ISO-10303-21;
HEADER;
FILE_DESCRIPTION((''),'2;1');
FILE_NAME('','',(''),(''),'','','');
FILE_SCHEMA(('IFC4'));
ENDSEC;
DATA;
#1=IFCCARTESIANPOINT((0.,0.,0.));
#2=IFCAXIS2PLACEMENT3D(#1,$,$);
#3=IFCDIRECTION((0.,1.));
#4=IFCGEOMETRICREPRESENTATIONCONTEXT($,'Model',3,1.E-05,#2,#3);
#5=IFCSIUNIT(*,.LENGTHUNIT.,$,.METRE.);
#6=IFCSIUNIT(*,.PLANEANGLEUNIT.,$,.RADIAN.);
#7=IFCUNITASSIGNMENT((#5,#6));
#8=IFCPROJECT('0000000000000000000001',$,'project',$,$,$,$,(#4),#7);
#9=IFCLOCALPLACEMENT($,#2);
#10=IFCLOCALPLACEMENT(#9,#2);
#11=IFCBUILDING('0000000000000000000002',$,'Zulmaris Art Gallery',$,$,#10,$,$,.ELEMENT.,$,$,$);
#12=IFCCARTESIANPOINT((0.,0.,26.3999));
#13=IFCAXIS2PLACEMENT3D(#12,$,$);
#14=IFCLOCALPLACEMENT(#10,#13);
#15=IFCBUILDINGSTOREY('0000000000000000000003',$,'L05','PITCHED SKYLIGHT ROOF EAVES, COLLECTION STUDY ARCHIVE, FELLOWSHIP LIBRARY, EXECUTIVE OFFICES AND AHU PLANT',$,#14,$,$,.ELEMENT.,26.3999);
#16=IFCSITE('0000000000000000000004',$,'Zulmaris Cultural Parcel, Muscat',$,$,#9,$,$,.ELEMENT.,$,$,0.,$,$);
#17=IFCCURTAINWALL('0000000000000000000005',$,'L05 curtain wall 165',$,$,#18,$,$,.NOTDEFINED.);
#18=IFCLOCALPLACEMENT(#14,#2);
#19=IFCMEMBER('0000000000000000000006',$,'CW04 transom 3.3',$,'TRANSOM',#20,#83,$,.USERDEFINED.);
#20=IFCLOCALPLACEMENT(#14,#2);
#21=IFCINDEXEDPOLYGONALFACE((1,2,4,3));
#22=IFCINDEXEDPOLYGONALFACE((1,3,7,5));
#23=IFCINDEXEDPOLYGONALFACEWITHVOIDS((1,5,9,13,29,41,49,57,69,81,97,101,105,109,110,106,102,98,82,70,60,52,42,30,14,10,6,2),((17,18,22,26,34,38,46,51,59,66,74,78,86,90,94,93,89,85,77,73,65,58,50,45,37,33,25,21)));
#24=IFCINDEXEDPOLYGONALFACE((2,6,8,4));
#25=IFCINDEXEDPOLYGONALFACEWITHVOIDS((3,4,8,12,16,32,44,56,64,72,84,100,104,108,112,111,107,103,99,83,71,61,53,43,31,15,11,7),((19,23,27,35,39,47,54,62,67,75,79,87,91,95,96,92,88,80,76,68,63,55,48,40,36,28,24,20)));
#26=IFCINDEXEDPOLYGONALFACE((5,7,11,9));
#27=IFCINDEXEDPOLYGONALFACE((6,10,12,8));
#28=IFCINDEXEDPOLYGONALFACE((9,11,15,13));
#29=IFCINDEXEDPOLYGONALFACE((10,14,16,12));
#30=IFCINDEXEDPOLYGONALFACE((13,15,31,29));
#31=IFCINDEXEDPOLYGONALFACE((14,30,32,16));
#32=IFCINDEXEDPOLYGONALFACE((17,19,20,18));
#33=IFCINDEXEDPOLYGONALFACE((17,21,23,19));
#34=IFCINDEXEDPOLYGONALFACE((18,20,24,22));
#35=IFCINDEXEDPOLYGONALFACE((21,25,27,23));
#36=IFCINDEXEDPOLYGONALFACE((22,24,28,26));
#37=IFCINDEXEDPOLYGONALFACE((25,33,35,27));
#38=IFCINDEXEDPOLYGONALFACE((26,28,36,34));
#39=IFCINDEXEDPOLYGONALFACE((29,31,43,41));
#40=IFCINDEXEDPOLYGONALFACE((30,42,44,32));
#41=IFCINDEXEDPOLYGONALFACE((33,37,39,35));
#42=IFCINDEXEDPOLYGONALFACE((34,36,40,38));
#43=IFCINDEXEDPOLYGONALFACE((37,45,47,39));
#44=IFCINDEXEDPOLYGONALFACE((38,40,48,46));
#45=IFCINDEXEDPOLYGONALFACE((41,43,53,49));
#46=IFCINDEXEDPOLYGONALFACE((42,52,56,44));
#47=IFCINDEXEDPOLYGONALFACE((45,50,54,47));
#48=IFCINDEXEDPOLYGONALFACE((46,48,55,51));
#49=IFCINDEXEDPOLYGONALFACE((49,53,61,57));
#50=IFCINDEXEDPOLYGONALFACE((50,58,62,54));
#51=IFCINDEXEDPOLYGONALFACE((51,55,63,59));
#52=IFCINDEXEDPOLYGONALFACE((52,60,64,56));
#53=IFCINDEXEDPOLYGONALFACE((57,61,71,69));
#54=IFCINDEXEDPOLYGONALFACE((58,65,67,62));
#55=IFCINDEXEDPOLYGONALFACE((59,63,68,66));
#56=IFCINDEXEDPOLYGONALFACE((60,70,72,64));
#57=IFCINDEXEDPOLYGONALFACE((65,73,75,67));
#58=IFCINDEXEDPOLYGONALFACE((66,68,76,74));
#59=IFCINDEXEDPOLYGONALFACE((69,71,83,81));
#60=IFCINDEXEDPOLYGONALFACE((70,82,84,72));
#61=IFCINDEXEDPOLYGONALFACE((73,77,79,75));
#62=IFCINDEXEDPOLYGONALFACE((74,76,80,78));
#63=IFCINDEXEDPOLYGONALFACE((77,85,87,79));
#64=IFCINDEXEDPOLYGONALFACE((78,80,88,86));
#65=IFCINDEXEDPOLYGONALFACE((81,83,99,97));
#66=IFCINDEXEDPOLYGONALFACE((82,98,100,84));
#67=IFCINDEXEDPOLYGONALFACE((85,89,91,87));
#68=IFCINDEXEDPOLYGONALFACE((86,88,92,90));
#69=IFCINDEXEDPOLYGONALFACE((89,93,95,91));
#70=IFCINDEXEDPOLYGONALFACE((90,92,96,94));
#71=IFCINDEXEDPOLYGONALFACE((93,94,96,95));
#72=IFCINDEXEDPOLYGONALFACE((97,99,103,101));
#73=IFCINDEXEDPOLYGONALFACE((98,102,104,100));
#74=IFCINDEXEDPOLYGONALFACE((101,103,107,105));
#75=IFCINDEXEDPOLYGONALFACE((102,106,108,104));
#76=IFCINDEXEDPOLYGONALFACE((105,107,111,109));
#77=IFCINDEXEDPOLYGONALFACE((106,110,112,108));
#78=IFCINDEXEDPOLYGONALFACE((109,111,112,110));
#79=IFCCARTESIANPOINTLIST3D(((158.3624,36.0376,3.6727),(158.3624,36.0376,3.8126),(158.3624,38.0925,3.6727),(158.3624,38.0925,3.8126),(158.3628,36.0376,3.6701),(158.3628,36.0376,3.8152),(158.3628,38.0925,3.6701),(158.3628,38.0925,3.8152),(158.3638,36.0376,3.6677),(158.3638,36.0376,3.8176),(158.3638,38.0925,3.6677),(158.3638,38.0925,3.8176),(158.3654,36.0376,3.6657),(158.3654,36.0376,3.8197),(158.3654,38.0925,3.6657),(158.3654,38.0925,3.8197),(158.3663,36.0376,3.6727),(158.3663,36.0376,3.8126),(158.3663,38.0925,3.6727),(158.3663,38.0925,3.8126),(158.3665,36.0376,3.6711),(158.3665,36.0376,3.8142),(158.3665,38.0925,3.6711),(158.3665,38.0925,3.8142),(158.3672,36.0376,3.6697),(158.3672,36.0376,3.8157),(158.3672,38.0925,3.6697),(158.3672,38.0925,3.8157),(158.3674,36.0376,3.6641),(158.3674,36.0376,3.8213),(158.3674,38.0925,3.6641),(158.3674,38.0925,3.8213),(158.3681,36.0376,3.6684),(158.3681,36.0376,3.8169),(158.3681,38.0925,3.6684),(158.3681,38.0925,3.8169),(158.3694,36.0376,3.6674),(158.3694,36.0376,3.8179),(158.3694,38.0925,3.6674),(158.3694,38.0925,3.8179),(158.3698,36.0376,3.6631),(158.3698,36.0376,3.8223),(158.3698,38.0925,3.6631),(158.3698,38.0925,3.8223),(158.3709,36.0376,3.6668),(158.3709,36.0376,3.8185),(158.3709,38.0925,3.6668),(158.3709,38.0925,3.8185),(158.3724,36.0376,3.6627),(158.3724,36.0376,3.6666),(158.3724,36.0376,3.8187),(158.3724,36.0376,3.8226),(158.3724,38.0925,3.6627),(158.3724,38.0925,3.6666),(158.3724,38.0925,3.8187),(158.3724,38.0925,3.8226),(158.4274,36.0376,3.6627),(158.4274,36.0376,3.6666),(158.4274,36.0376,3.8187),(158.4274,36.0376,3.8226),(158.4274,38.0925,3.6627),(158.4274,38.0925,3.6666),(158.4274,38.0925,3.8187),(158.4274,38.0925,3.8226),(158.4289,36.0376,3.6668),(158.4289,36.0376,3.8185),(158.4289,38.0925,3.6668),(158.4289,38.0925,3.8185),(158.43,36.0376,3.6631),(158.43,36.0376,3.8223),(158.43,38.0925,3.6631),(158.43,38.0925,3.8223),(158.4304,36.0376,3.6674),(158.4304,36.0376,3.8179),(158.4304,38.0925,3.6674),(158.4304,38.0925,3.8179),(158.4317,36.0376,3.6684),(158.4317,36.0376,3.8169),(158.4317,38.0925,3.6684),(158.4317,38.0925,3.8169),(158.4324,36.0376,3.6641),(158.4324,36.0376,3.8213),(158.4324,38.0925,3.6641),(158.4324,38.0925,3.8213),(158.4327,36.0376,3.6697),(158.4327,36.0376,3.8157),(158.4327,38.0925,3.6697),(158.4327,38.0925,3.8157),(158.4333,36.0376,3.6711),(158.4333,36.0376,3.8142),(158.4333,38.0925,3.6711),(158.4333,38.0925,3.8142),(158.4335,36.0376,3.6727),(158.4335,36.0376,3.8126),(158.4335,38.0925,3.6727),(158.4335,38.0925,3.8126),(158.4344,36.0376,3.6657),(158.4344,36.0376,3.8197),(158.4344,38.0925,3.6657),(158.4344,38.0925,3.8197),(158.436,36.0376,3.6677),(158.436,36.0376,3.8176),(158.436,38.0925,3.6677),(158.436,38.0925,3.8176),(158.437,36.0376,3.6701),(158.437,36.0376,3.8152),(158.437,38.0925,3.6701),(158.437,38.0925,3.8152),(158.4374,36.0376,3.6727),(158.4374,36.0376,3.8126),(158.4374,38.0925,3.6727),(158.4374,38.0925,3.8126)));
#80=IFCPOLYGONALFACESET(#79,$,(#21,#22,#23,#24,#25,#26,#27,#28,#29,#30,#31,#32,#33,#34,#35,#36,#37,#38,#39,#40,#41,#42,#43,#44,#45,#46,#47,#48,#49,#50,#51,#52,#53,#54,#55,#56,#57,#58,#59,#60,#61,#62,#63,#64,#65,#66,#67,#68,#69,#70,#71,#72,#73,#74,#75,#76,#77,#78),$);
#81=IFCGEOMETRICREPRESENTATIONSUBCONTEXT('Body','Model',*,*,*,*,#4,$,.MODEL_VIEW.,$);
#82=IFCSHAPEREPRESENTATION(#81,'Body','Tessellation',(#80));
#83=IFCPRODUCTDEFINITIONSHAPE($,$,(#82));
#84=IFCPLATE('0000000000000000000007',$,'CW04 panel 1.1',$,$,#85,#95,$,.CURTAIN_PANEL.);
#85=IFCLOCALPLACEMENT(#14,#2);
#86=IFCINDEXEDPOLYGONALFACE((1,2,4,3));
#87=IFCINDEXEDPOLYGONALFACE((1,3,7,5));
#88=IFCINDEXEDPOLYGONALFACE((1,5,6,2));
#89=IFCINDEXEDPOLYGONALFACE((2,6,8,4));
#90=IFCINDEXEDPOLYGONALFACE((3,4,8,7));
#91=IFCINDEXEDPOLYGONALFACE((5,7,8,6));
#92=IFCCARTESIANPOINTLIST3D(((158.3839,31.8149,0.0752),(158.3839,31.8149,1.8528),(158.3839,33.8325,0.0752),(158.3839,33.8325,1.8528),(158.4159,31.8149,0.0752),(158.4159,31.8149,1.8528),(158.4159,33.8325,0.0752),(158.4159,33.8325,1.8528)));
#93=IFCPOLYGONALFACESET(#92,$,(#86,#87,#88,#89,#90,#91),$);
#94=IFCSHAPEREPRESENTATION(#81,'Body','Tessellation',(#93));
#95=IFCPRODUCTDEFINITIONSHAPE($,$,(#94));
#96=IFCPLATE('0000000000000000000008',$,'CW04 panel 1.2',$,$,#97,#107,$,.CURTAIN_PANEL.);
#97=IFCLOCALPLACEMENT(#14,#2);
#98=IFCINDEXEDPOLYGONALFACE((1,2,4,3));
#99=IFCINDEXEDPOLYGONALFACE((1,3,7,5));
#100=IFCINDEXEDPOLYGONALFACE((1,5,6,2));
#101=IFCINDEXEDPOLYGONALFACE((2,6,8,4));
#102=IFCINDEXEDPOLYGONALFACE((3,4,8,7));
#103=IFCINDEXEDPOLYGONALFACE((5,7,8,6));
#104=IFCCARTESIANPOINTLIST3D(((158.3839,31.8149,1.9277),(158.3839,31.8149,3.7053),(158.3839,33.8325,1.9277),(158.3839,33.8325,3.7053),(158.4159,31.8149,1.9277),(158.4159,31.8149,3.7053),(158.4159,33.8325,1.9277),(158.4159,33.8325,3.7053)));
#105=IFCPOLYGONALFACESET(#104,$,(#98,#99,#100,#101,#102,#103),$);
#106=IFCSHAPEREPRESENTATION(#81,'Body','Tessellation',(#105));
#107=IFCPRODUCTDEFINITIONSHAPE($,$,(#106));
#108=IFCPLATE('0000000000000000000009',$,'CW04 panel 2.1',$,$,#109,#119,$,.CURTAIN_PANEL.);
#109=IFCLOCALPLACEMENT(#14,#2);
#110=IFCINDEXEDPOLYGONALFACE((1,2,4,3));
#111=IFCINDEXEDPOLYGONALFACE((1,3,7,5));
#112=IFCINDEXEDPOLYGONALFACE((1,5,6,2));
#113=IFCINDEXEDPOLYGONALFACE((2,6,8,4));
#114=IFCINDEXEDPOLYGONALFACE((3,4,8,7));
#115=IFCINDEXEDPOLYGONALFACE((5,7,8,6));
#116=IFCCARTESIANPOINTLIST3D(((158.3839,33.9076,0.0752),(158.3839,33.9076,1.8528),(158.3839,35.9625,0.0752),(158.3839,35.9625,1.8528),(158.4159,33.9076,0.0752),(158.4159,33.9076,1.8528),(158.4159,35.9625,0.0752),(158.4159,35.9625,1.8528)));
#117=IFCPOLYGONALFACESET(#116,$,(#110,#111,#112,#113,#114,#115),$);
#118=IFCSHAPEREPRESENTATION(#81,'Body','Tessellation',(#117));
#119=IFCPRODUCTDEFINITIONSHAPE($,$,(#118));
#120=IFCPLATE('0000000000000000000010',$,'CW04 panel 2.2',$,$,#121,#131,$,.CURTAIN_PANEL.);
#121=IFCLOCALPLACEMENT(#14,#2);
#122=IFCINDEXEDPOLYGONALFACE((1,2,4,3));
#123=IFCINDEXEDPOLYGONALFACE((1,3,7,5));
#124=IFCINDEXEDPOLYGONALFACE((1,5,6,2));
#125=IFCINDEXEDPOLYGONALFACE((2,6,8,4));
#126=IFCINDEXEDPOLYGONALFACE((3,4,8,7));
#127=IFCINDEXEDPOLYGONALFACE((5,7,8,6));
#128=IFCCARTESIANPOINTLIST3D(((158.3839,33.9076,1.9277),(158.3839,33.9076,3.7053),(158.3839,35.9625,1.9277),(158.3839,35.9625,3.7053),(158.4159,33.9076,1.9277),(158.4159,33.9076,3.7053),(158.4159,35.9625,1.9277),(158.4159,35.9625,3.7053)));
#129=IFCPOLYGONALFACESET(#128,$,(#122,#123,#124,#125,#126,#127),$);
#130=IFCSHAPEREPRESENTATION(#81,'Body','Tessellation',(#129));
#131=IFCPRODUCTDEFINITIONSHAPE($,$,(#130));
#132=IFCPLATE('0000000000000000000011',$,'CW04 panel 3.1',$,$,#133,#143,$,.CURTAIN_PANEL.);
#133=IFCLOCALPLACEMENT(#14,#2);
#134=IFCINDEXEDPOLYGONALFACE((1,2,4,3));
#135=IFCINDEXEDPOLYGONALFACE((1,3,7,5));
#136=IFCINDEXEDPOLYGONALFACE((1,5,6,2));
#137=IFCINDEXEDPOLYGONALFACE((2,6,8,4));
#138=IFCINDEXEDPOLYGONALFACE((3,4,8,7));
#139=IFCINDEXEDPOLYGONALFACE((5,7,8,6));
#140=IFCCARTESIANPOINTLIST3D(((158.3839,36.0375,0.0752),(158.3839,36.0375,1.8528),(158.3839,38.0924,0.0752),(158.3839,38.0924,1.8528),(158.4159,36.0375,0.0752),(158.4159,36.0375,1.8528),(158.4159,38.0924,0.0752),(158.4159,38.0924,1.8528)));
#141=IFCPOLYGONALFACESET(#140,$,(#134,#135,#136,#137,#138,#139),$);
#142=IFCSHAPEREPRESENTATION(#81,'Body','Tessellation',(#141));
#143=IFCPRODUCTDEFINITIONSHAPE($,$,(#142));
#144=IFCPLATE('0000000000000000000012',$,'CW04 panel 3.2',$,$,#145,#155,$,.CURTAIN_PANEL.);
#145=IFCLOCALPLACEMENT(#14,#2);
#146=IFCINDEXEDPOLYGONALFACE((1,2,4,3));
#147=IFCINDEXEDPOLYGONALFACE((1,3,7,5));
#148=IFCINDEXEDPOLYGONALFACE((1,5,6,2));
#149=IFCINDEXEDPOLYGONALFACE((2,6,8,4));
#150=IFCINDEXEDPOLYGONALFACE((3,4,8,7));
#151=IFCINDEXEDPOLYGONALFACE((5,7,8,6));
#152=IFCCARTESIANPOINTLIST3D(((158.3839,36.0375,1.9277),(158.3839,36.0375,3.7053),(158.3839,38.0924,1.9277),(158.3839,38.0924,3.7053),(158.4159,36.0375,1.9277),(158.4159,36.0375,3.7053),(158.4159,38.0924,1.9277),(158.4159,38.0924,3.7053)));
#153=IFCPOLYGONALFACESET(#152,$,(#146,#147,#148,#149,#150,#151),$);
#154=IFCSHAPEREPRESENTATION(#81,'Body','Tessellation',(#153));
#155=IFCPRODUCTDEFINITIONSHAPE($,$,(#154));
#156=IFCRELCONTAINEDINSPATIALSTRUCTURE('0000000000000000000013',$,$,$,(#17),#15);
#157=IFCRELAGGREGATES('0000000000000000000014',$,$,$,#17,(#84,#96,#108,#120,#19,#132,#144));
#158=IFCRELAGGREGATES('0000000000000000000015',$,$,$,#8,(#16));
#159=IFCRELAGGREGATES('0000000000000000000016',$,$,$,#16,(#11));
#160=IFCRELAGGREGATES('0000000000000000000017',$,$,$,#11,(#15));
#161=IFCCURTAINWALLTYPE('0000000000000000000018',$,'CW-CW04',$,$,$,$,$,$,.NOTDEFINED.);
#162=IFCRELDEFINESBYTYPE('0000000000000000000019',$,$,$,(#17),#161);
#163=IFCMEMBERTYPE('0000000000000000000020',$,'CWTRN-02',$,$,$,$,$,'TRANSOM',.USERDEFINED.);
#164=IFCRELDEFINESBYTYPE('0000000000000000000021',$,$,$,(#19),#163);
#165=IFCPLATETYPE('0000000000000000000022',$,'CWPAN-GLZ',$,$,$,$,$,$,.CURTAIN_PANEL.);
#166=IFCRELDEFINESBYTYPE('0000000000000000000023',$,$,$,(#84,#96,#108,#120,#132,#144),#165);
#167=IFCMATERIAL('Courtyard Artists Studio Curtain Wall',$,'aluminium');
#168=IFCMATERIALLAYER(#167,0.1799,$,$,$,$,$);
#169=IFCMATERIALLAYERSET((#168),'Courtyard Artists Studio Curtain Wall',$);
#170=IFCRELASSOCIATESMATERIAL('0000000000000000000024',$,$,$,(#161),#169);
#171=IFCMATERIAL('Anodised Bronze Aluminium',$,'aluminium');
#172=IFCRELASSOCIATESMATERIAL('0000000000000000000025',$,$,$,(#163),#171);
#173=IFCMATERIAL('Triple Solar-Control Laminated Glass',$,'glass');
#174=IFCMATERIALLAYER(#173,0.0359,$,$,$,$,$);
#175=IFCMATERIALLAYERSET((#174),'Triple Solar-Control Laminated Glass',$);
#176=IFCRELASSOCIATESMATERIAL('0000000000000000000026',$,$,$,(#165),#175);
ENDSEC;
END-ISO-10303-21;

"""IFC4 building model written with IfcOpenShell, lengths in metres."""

from ifc_helpers import new_model, si_unit, direction, frame, origin, origin_2d, place, context, subcontext, project, spatial, rectangle, hollow_rectangle, extrude, material, layer, layer_set, material_profile, profile_set, type_object, element, aggregate, save


model = new_model("IFC4")

# Units and contexts
model_context = context("Model", 3, precision=1e-05, world=origin(), true_north=direction((0.0, 1.0)))
body_context = subcontext(model_context, "Body", "Model", "MODEL_VIEW")
ifc_project = project(units=[si_unit("LENGTHUNIT", "METRE"), si_unit("PLANEANGLEUNIT", "RADIAN")], contexts=[model_context])

# Site, building, storey
site_placement = place(None, origin())
site = spatial("IfcSite", under=ifc_project, at=site_placement, Name="Zulmaris Cultural Parcel, Muscat", CompositionType="ELEMENT", RefElevation=0.0)
building_placement = place(site_placement, origin())
building = spatial("IfcBuilding", under=site, at=building_placement, Name="Zulmaris Art Gallery", CompositionType="ELEMENT")
storey_placement = place(building_placement, frame((0.0, 0.0, 26.3999)))
storey = spatial("IfcBuildingStorey", under=building, at=storey_placement, Name="L05", Description="PITCHED SKYLIGHT ROOF EAVES, COLLECTION STUDY ARCHIVE, FELLOWSHIP LIBRARY, EXECUTIVE OFFICES AND AHU PLANT", CompositionType="ELEMENT", Elevation=26.3999)

# Curtain wall, member, plates
ifc_material_1 = material(Name="Courtyard Artists Studio Curtain Wall", Category="aluminium")
ifc_layer_1 = layer(ifc_material_1, 0.1799)
ifc_layer_set_1 = layer_set([ifc_layer_1], Name="Courtyard Artists Studio Curtain Wall")
curtain_wall_type = type_object("IfcCurtainWallType", Name="CW-CW04", PredefinedType="NOTDEFINED", material=ifc_layer_set_1)
curtain_wall_placement = place(storey_placement, origin())
curtain_wall = element("IfcCurtainWall", 1, at=curtain_wall_placement, inside=storey, type_object=curtain_wall_type, Name="L05 curtain wall 165", PredefinedType="NOTDEFINED")
ifc_material_2 = material(Name="Anodised Bronze Aluminium", Category="aluminium")
ifc_material_profile_1 = material_profile(ifc_material_2, hollow_rectangle(XDim=0.075, YDim=0.1599, WallThickness=0.0039, InnerFilletRadius=0.0061, OuterFilletRadius=0.01, at=origin_2d()), Name="ALU 75x160x4")
ifc_profile_set_1 = profile_set([ifc_material_profile_1], Name="Anodised Bronze Aluminium")
member_type_1 = type_object("IfcMemberType", Name="CWTRN-02", ElementType="TRANSOM", PredefinedType="USERDEFINED", material=ifc_profile_set_1)
member_1_placement = place(storey_placement, frame((158.3999, 36.0376, 3.7427), z_axis=(0.0, 1.0, 0.0), x_axis=(-1.0, 0.0, 0.0)))
member_1 = element("IfcMember", 2, at=member_1_placement, type_object=member_type_1, Name="CW04 transom 3.3", ObjectType="TRANSOM", PredefinedType="USERDEFINED", context=body_context, shape_type="SweptSolid", body=[
    extrude(hollow_rectangle(XDim=0.075, YDim=0.1599, WallThickness=0.0039, InnerFilletRadius=0.0061, OuterFilletRadius=0.01, at=origin_2d()), origin(), (0.0, 0.0, 1.0), 2.0549),
])
ifc_material_3 = material(Name="Triple Solar-Control Laminated Glass", Category="glass")
ifc_layer_2 = layer(ifc_material_3, 0.0359)
ifc_layer_set_2 = layer_set([ifc_layer_2], Name="Triple Solar-Control Laminated Glass")
plate_type = type_object("IfcPlateType", Name="CWPAN-GLZ", PredefinedType="CURTAIN_PANEL", material=ifc_layer_set_2)
plate_1_placement = place(storey_placement, frame((158.3999, 32.8237, 0.0752), z_axis=(0.0, 0.0, 1.0), x_axis=(0.0, 1.0, 0.0)))
plate_1 = element("IfcPlate", 3, at=plate_1_placement, type_object=plate_type, Name="CW04 panel 1.1", PredefinedType="CURTAIN_PANEL", context=body_context, shape_type="SweptSolid", body=[
    extrude(rectangle(XDim=2.0176, YDim=0.032, at=origin_2d()), origin(), (0.0, 0.0, 1.0), 1.7776),
])
plate_2_placement = place(storey_placement, frame((158.3999, 32.8237, 1.9277), z_axis=(0.0, 0.0, 1.0), x_axis=(0.0, 1.0, 0.0)))
plate_2 = element("IfcPlate", 4, at=plate_2_placement, type_object=plate_type, Name="CW04 panel 1.2", PredefinedType="CURTAIN_PANEL", context=body_context, shape_type="SweptSolid", body=[
    extrude(rectangle(XDim=2.0176, YDim=0.032, at=origin_2d()), origin(), (0.0, 0.0, 1.0), 1.7776),
])
plate_3_placement = place(storey_placement, frame((158.3999, 34.9351, 0.0752), z_axis=(0.0, 0.0, 1.0), x_axis=(0.0, 1.0, 0.0)))
plate_3 = element("IfcPlate", 5, at=plate_3_placement, type_object=plate_type, Name="CW04 panel 2.1", PredefinedType="CURTAIN_PANEL", context=body_context, shape_type="SweptSolid", body=[
    extrude(rectangle(XDim=2.0549, YDim=0.032, at=origin_2d()), origin(), (0.0, 0.0, 1.0), 1.7776),
])
plate_4_placement = place(storey_placement, frame((158.3999, 34.9351, 1.9277), z_axis=(0.0, 0.0, 1.0), x_axis=(0.0, 1.0, 0.0)))
plate_4 = element("IfcPlate", 6, at=plate_4_placement, type_object=plate_type, Name="CW04 panel 2.2", PredefinedType="CURTAIN_PANEL", context=body_context, shape_type="SweptSolid", body=[
    extrude(rectangle(XDim=2.0549, YDim=0.032, at=origin_2d()), origin(), (0.0, 0.0, 1.0), 1.7776),
])
plate_5_placement = place(storey_placement, frame((158.3999, 37.0649, 0.0752), z_axis=(0.0, 0.0, 1.0), x_axis=(0.0, 1.0, 0.0)))
plate_5 = element("IfcPlate", 7, at=plate_5_placement, type_object=plate_type, Name="CW04 panel 3.1", PredefinedType="CURTAIN_PANEL", context=body_context, shape_type="SweptSolid", body=[
    extrude(rectangle(XDim=2.0549, YDim=0.032, at=origin_2d()), origin(), (0.0, 0.0, 1.0), 1.7776),
])
plate_6_placement = place(storey_placement, frame((158.3999, 37.0649, 1.9277), z_axis=(0.0, 0.0, 1.0), x_axis=(0.0, 1.0, 0.0)))
plate_6 = element("IfcPlate", 8, at=plate_6_placement, type_object=plate_type, Name="CW04 panel 3.2", PredefinedType="CURTAIN_PANEL", context=body_context, shape_type="SweptSolid", body=[
    extrude(rectangle(XDim=2.0549, YDim=0.032, at=origin_2d()), origin(), (0.0, 0.0, 1.0), 1.7776),
])
aggregate(curtain_wall, [plate_1, plate_2, plate_3, plate_4, member_1, plate_5, plate_6])

save(model, "model.ifc")
